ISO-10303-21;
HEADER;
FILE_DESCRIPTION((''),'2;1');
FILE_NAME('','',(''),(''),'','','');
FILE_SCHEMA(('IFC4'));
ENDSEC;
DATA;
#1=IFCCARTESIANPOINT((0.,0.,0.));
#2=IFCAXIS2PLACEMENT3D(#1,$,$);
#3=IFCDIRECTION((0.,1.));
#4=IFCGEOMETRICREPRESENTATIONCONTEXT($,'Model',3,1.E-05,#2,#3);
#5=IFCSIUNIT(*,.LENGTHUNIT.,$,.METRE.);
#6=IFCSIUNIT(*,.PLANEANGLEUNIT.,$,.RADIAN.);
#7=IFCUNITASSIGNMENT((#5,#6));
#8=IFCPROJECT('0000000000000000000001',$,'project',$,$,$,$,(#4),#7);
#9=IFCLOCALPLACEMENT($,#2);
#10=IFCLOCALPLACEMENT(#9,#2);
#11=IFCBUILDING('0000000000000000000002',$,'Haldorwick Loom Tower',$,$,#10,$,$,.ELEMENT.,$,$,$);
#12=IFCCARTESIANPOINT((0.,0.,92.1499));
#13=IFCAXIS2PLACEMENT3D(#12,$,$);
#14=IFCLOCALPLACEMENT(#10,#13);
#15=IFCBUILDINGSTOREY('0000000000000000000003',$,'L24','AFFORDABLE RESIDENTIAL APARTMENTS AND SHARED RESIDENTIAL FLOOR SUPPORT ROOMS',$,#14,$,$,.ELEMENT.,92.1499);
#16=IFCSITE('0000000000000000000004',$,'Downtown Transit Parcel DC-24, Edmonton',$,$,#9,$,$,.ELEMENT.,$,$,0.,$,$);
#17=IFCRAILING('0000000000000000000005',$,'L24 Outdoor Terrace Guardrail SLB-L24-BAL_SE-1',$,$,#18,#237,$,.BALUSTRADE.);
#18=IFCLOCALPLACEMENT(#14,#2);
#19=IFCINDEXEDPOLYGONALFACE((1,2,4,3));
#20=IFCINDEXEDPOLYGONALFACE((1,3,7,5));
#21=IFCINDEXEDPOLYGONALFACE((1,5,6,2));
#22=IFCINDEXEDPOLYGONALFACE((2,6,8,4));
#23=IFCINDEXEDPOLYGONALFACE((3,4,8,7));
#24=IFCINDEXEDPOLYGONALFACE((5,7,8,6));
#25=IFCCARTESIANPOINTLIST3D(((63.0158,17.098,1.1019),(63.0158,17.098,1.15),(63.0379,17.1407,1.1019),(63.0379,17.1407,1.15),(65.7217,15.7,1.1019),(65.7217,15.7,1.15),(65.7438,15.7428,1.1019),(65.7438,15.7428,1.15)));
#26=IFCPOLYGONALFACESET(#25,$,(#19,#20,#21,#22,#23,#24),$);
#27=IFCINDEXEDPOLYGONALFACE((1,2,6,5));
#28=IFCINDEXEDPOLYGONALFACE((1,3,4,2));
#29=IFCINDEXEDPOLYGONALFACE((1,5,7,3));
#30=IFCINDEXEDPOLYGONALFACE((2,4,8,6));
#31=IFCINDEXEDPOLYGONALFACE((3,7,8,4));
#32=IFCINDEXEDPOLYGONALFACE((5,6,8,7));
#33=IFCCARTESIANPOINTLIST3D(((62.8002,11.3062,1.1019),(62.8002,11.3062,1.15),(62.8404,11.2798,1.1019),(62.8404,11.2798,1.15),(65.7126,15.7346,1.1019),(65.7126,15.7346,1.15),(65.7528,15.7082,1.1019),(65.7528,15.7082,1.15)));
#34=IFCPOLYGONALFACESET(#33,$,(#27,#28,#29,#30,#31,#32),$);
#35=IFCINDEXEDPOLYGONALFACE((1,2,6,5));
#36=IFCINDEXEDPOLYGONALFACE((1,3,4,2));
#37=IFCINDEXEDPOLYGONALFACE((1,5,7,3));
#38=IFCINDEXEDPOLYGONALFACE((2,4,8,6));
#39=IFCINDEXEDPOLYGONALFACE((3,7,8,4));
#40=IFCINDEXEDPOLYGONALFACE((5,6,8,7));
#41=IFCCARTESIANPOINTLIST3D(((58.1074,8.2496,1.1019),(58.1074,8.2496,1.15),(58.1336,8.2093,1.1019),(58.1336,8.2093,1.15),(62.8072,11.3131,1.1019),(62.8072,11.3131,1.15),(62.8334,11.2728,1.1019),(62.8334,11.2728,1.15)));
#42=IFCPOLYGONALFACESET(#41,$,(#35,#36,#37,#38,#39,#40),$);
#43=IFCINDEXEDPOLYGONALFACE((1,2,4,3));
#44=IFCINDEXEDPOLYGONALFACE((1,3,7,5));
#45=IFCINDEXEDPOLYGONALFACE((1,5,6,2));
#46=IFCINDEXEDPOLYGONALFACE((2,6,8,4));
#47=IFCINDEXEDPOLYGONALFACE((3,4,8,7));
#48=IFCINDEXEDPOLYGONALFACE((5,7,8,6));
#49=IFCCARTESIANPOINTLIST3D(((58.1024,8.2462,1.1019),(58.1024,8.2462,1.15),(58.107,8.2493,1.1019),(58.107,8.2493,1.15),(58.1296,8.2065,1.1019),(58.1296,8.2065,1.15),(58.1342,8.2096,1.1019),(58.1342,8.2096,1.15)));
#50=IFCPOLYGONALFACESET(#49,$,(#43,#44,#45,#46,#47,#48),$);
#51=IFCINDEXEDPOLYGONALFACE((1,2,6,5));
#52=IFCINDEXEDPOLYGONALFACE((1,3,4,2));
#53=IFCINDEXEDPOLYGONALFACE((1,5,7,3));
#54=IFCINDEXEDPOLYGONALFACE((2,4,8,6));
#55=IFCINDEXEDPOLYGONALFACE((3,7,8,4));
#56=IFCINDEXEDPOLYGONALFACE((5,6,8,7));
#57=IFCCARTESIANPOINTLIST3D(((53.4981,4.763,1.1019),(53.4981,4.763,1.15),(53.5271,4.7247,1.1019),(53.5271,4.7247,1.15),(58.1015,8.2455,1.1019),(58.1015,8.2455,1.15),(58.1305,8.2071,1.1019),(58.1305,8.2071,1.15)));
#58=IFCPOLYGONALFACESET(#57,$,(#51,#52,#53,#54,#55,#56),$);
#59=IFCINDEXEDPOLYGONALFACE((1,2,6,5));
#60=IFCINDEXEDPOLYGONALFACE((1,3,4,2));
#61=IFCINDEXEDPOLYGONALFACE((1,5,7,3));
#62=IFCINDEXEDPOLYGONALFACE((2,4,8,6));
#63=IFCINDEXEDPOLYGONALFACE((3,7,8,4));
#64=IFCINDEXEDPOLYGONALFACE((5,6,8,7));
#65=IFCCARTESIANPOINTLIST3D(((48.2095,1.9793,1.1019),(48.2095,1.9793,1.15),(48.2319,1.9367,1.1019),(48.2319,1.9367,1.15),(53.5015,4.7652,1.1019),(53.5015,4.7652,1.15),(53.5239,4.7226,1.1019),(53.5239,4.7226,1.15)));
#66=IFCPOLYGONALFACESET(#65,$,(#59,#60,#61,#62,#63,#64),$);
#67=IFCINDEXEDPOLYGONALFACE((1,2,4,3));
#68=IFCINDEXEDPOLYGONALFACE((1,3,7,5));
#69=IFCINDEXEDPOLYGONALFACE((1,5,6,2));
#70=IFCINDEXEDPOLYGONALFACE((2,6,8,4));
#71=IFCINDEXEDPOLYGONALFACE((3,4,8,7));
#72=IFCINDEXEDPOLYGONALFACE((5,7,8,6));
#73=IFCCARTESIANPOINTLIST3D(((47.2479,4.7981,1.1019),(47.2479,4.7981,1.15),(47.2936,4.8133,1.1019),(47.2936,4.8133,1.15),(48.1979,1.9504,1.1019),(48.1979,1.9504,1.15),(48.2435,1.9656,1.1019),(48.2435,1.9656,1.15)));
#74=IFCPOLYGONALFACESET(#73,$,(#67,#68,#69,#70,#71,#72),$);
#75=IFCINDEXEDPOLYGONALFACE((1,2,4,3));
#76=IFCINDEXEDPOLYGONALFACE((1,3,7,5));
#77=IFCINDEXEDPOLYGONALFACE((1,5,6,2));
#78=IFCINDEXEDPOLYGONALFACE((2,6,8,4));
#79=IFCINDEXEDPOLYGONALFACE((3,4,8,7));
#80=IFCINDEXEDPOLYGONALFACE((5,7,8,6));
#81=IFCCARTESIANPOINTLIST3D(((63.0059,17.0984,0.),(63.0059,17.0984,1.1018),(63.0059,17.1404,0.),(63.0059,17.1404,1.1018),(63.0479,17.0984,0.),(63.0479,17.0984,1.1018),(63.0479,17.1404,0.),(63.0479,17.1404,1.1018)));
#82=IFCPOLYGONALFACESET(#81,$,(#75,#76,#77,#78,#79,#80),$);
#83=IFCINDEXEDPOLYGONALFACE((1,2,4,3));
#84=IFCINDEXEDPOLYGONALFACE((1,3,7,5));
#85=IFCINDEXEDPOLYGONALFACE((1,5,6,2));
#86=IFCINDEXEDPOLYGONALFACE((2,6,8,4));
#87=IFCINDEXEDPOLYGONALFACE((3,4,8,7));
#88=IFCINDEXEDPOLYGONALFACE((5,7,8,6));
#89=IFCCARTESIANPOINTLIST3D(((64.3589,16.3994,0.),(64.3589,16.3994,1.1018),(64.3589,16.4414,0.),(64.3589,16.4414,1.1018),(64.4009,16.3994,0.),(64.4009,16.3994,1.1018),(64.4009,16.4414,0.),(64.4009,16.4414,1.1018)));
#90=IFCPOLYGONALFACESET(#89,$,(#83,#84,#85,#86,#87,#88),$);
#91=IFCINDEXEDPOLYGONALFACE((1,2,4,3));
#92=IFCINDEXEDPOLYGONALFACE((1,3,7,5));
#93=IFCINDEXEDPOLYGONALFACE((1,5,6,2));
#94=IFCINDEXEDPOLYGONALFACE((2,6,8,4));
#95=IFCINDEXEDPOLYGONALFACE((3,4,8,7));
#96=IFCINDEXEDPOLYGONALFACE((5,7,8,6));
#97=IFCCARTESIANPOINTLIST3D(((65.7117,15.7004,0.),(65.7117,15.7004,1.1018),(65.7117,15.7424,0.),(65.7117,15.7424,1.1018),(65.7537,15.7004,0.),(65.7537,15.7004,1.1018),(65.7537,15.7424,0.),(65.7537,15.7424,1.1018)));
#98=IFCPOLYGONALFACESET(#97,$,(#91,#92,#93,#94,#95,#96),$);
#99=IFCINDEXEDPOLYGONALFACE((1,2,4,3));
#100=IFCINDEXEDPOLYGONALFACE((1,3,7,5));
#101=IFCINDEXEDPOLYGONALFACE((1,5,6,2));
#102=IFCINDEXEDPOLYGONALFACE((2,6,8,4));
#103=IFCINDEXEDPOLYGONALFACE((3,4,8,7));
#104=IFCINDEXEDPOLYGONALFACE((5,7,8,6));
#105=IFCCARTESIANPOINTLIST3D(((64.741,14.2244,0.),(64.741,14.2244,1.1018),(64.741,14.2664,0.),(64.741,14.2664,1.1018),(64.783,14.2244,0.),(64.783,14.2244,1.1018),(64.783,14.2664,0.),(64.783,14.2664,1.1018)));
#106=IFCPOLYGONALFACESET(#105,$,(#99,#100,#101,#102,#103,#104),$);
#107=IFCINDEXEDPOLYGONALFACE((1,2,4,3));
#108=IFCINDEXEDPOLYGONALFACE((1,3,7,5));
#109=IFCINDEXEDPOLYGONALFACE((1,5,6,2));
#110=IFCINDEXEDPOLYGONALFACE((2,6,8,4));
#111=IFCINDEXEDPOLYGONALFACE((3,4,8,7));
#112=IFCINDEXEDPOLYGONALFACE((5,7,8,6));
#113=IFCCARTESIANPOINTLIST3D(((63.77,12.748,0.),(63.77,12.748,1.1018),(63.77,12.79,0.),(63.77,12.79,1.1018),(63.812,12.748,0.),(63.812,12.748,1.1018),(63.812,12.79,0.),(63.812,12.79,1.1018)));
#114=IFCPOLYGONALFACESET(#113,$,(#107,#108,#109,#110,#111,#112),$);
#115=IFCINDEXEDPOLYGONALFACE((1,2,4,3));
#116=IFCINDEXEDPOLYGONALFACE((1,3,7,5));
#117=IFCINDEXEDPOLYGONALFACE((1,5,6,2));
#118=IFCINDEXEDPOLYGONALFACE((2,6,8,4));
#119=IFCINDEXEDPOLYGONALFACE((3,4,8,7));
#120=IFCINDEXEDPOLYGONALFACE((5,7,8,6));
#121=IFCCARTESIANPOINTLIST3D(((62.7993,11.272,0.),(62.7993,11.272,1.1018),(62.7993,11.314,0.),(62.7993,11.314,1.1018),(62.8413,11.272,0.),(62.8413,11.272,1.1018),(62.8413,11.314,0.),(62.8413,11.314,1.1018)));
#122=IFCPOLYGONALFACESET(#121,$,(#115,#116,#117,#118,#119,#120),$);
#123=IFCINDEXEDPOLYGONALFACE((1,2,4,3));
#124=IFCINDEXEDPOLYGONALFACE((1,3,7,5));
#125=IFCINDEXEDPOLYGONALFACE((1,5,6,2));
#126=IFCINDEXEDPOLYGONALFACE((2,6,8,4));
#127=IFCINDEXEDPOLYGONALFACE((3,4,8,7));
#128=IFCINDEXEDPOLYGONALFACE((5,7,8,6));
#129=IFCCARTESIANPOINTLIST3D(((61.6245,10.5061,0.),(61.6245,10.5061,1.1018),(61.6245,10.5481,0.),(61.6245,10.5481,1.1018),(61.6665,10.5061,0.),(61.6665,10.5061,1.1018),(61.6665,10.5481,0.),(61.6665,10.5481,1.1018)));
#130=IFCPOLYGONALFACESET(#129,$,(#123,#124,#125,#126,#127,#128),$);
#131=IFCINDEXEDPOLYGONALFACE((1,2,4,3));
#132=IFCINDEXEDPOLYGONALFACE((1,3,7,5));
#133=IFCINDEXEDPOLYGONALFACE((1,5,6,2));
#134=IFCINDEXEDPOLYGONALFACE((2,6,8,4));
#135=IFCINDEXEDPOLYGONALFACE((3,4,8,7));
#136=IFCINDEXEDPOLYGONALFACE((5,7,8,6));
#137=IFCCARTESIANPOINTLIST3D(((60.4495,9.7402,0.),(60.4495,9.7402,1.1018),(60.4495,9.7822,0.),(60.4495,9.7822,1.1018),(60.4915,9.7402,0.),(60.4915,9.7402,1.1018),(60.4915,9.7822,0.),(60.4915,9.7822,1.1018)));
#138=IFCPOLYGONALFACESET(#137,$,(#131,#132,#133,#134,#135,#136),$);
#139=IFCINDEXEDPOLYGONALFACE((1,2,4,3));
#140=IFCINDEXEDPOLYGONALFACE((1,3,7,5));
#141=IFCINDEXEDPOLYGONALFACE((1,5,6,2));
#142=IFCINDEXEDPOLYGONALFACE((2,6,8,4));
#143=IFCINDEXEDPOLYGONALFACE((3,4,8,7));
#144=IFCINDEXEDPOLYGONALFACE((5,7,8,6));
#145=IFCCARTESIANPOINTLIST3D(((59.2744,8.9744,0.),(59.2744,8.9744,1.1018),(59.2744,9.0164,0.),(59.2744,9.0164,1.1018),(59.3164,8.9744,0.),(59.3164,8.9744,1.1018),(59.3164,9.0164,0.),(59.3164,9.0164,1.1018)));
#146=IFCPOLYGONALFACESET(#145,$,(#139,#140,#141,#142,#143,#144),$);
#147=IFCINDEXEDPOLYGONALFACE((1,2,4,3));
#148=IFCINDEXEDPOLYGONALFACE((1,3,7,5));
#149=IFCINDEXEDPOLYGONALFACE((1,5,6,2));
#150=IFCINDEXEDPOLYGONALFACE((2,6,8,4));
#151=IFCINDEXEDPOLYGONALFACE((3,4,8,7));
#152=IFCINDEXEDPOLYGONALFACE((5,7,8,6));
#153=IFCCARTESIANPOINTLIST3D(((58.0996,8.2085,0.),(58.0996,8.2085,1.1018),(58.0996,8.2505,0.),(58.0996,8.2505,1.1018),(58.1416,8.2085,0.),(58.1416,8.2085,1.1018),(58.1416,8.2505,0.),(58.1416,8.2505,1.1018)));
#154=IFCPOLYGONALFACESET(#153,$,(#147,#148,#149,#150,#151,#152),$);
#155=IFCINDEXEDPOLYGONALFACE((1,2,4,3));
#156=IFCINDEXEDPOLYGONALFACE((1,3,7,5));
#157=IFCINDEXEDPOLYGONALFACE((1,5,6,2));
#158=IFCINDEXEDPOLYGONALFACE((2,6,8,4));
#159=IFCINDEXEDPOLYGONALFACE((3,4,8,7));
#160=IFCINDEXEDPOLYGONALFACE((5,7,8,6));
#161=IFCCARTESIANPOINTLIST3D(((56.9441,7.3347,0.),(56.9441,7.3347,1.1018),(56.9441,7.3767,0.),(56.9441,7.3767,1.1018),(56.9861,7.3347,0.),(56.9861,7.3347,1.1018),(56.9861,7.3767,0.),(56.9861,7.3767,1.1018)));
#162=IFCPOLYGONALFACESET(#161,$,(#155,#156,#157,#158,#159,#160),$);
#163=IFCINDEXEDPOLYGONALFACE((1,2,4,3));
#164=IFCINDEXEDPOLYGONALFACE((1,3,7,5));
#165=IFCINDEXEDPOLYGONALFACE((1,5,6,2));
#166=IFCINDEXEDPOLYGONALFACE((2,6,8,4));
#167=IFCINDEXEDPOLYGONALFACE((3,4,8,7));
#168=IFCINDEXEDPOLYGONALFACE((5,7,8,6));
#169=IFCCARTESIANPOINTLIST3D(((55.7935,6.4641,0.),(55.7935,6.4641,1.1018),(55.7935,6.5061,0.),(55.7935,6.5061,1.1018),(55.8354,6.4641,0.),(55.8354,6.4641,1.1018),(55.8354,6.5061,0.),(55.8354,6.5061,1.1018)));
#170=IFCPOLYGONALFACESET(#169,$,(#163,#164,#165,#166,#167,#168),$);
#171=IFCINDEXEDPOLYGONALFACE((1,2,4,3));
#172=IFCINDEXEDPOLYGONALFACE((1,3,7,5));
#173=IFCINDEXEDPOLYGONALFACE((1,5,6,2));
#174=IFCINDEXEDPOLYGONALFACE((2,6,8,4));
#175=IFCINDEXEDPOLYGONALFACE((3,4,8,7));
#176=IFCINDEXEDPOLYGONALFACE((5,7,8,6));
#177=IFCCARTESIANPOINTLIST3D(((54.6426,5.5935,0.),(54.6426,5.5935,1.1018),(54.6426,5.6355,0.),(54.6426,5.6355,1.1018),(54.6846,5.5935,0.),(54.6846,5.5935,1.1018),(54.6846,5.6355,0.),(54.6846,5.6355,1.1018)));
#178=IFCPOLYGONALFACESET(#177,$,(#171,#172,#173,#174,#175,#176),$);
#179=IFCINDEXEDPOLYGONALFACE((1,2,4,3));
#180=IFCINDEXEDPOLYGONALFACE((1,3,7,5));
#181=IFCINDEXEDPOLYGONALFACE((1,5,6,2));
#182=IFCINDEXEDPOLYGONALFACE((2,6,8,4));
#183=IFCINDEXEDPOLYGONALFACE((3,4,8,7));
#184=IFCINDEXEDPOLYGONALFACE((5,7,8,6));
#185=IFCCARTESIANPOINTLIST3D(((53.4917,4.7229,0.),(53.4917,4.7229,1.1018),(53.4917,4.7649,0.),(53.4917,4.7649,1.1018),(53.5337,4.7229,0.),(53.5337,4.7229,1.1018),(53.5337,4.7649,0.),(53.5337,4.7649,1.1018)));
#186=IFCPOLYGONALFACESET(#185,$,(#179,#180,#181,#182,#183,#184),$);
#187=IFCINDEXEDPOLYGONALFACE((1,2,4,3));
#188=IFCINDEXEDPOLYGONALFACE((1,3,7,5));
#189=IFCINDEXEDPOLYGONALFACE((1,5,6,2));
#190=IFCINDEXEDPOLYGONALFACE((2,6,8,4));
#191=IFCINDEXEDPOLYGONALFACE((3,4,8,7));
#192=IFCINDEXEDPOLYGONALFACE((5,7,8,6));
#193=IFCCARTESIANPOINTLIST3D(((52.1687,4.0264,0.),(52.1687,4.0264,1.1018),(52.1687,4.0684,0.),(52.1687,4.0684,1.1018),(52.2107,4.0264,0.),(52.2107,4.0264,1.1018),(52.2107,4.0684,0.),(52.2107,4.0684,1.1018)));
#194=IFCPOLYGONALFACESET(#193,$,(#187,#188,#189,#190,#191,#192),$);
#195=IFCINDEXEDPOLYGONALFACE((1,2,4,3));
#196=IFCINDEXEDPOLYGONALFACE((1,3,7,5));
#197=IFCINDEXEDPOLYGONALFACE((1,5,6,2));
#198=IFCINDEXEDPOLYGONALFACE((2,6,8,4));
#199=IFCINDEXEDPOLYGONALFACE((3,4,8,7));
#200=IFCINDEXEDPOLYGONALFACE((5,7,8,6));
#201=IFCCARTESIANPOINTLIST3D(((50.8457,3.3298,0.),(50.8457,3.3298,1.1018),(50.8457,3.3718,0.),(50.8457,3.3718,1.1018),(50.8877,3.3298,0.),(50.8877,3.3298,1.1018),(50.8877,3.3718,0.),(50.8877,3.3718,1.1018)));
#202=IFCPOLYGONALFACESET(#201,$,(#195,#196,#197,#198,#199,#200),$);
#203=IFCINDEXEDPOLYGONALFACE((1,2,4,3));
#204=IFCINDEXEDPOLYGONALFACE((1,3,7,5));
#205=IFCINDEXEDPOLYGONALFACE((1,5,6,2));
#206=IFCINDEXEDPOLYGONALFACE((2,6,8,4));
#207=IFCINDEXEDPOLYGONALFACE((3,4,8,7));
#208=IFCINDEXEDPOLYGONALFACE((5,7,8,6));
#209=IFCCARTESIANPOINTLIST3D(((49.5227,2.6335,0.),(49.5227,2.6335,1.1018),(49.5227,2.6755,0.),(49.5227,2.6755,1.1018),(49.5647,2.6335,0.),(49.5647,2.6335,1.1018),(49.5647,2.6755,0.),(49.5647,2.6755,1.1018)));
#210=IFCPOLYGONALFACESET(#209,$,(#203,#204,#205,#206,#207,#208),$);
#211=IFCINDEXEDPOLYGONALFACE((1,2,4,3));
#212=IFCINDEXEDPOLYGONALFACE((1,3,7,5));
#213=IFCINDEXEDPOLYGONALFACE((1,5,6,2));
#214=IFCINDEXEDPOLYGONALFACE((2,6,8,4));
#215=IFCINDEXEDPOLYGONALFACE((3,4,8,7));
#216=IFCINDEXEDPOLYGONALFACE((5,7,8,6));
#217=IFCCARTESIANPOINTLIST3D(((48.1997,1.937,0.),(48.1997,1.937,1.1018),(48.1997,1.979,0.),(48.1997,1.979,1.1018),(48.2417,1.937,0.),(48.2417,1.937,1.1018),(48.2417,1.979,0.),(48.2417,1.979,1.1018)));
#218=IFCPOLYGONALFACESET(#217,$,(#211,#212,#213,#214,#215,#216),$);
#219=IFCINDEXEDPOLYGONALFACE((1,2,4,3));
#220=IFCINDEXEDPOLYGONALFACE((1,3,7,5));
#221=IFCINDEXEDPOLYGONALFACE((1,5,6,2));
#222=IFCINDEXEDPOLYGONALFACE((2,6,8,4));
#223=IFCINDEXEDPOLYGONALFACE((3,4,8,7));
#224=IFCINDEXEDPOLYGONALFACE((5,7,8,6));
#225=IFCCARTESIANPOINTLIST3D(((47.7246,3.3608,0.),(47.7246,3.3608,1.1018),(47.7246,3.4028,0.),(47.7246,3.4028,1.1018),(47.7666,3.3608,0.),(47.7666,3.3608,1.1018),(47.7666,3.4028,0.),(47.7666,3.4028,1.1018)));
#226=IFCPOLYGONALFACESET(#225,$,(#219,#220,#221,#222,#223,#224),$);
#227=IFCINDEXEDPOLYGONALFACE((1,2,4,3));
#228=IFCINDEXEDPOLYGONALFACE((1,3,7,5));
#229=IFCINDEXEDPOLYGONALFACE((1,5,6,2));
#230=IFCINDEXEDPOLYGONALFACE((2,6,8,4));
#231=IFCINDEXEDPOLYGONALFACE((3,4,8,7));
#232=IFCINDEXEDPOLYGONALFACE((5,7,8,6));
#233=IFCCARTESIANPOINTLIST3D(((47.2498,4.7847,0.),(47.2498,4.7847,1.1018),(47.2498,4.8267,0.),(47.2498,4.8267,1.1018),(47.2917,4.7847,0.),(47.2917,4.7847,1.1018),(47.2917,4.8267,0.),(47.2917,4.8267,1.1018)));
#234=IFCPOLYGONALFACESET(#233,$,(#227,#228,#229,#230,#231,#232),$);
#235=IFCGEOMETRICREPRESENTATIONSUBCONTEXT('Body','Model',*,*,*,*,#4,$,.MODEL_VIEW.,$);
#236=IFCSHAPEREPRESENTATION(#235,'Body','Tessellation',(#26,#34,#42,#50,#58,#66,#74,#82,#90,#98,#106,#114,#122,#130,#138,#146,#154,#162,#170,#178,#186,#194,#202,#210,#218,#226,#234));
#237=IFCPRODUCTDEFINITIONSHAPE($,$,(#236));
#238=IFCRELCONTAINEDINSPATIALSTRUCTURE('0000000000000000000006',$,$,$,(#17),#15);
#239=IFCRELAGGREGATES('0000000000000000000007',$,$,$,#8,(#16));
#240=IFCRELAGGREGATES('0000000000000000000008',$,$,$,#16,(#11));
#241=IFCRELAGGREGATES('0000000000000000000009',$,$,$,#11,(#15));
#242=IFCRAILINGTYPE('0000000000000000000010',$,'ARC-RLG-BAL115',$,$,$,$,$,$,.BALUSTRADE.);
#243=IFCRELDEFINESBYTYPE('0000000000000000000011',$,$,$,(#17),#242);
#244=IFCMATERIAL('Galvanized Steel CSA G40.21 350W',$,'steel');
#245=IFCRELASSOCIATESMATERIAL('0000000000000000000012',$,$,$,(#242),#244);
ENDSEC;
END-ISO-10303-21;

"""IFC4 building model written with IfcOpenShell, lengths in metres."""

from ifc_helpers import new_model, si_unit, direction, frame, origin, origin_2d, place, context, subcontext, project, spatial, rectangle, extrude, material, type_object, element, save


model = new_model("IFC4")

# Units and contexts
model_context = context("Model", 3, precision=1e-05, world=origin(), true_north=direction((0.0, 1.0)))
body_context = subcontext(model_context, "Body", "Model", "MODEL_VIEW")
ifc_project = project(units=[si_unit("LENGTHUNIT", "METRE"), si_unit("PLANEANGLEUNIT", "RADIAN")], contexts=[model_context])

# Site, building, storey
site_placement = place(None, origin())
site = spatial("IfcSite", under=ifc_project, at=site_placement, Name="Downtown Transit Parcel DC-24, Edmonton", CompositionType="ELEMENT", RefElevation=0.0)
building_placement = place(site_placement, origin())
building = spatial("IfcBuilding", under=site, at=building_placement, Name="Haldorwick Loom Tower", CompositionType="ELEMENT")
storey_placement = place(building_placement, frame((0.0, 0.0, 92.1499)))
storey = spatial("IfcBuildingStorey", under=building, at=storey_placement, Name="L24", Description="AFFORDABLE RESIDENTIAL APARTMENTS AND SHARED RESIDENTIAL FLOOR SUPPORT ROOMS", CompositionType="ELEMENT", Elevation=92.1499)

# Railing
ifc_material_1 = material(Name="Galvanized Steel CSA G40.21 350W", Category="steel")
railing_type = type_object("IfcRailingType", Name="ARC-RLG-BAL115", PredefinedType="BALUSTRADE", material=ifc_material_1)
railing_placement = place(storey_placement, frame((63.0269, 17.1194, 0.0)))
element("IfcRailing", 1, at=railing_placement, inside=storey, type_object=railing_type, Name="L24 Outdoor Terrace Guardrail SLB-L24-BAL_SE-1", PredefinedType="BALUSTRADE", context=body_context, shape_type="SweptSolid", body=[
    extrude(rectangle(XDim=0.0481, YDim=0.0481, at=origin_2d()), frame((0.0, 0.0, 1.126), z_axis=(0.888433, -0.459006, 0.0), x_axis=(0.459006, 0.888433, 0.0)), (0.0, 0.0, 1.0), 3.0457),
    extrude(rectangle(XDim=0.0481, YDim=0.0481, at=origin_2d()), frame((2.7058, -1.3979, 1.126), z_axis=(-0.54947, -0.835513, 0.0), x_axis=(0.835513, -0.54947, 0.0)), (0.0, 0.0, 1.0), 5.3003),
    extrude(rectangle(XDim=0.0481, YDim=0.0481, at=origin_2d()), frame((-0.2065, -5.8264, 1.126), z_axis=(-0.837737, -0.546074, 0.0), x_axis=(0.546074, -0.837737, 0.0)), (0.0, 0.0, 1.0), 5.6101),
    extrude(rectangle(XDim=0.0481, YDim=0.0481, at=origin_2d()), frame((-4.9062, -8.8899, 1.126), z_axis=(-0.825307, -0.564684, 0.0), x_axis=(0.564684, -0.825307, 0.0)), (0.0, 0.0, 1.0), 0.0056),
    extrude(rectangle(XDim=0.0481, YDim=0.0481, at=origin_2d()), frame((-4.9109, -8.8931, 1.126), z_axis=(-0.797501, -0.603318, 0.0), x_axis=(0.603318, -0.797501, 0.0)), (0.0, 0.0, 1.0), 5.7722),
    extrude(rectangle(XDim=0.0481, YDim=0.0481, at=origin_2d()), frame((-9.5142, -12.3755, 1.126), z_axis=(-0.884875, -0.465829, 0.0), x_axis=(0.465829, -0.884875, 0.0)), (0.0, 0.0, 1.0), 5.9805),
    extrude(rectangle(XDim=0.0481, YDim=0.0481, at=origin_2d()), frame((-14.8062, -15.1614, 1.126), z_axis=(-0.316447, 0.94861, 0.0), x_axis=(-0.94861, -0.316447, 0.0)), (0.0, 0.0, 1.0), 3.002),
    extrude(rectangle(XDim=0.042, YDim=0.042, at=origin_2d()), origin(), (0.0, 0.0, 1.0), 1.1018),
    extrude(rectangle(XDim=0.042, YDim=0.042, at=origin_2d()), frame((1.353, -0.699, 0.0)), (0.0, 0.0, 1.0), 1.1018),
    extrude(rectangle(XDim=0.042, YDim=0.042, at=origin_2d()), frame((2.7058, -1.3979, 0.0)), (0.0, 0.0, 1.0), 1.1018),
    extrude(rectangle(XDim=0.042, YDim=0.042, at=origin_2d()), frame((1.7351, -2.874, 0.0)), (0.0, 0.0, 1.0), 1.1018),
    extrude(rectangle(XDim=0.042, YDim=0.042, at=origin_2d()), frame((0.7642, -4.3503, 0.0)), (0.0, 0.0, 1.0), 1.1018),
    extrude(rectangle(XDim=0.042, YDim=0.042, at=origin_2d()), frame((-0.2065, -5.8264, 0.0)), (0.0, 0.0, 1.0), 1.1018),
    extrude(rectangle(XDim=0.042, YDim=0.042, at=origin_2d()), frame((-1.3813, -6.5923, 0.0)), (0.0, 0.0, 1.0), 1.1018),
    extrude(rectangle(XDim=0.042, YDim=0.042, at=origin_2d()), frame((-2.5564, -7.3582, 0.0)), (0.0, 0.0, 1.0), 1.1018),
    extrude(rectangle(XDim=0.042, YDim=0.042, at=origin_2d()), frame((-3.7314, -8.124, 0.0)), (0.0, 0.0, 1.0), 1.1018),
    extrude(rectangle(XDim=0.042, YDim=0.042, at=origin_2d()), frame((-4.9062, -8.8899, 0.0)), (0.0, 0.0, 1.0), 1.1018),
    extrude(rectangle(XDim=0.042, YDim=0.042, at=origin_2d()), frame((-6.0618, -9.7637, 0.0)), (0.0, 0.0, 1.0), 1.1018),
    extrude(rectangle(XDim=0.042, YDim=0.042, at=origin_2d()), frame((-7.2124, -10.6343, 0.0)), (0.0, 0.0, 1.0), 1.1018),
    extrude(rectangle(XDim=0.042, YDim=0.042, at=origin_2d()), frame((-8.3633, -11.5049, 0.0)), (0.0, 0.0, 1.0), 1.1018),
    extrude(rectangle(XDim=0.042, YDim=0.042, at=origin_2d()), frame((-9.5142, -12.3755, 0.0)), (0.0, 0.0, 1.0), 1.1018),
    extrude(rectangle(XDim=0.042, YDim=0.042, at=origin_2d()), frame((-10.8372, -13.072, 0.0)), (0.0, 0.0, 1.0), 1.1018),
    extrude(rectangle(XDim=0.042, YDim=0.042, at=origin_2d()), frame((-12.1602, -13.7686, 0.0)), (0.0, 0.0, 1.0), 1.1018),
    extrude(rectangle(XDim=0.042, YDim=0.042, at=origin_2d()), frame((-13.4832, -14.4648, 0.0)), (0.0, 0.0, 1.0), 1.1018),
    extrude(rectangle(XDim=0.042, YDim=0.042, at=origin_2d()), frame((-14.8062, -15.1614, 0.0)), (0.0, 0.0, 1.0), 1.1018),
    extrude(rectangle(XDim=0.042, YDim=0.042, at=origin_2d()), frame((-15.2812, -13.7375, 0.0)), (0.0, 0.0, 1.0), 1.1018),
    extrude(rectangle(XDim=0.042, YDim=0.042, at=origin_2d()), frame((-15.7561, -12.3137, 0.0)), (0.0, 0.0, 1.0), 1.1018),
])

save(model, "model.ifc")
